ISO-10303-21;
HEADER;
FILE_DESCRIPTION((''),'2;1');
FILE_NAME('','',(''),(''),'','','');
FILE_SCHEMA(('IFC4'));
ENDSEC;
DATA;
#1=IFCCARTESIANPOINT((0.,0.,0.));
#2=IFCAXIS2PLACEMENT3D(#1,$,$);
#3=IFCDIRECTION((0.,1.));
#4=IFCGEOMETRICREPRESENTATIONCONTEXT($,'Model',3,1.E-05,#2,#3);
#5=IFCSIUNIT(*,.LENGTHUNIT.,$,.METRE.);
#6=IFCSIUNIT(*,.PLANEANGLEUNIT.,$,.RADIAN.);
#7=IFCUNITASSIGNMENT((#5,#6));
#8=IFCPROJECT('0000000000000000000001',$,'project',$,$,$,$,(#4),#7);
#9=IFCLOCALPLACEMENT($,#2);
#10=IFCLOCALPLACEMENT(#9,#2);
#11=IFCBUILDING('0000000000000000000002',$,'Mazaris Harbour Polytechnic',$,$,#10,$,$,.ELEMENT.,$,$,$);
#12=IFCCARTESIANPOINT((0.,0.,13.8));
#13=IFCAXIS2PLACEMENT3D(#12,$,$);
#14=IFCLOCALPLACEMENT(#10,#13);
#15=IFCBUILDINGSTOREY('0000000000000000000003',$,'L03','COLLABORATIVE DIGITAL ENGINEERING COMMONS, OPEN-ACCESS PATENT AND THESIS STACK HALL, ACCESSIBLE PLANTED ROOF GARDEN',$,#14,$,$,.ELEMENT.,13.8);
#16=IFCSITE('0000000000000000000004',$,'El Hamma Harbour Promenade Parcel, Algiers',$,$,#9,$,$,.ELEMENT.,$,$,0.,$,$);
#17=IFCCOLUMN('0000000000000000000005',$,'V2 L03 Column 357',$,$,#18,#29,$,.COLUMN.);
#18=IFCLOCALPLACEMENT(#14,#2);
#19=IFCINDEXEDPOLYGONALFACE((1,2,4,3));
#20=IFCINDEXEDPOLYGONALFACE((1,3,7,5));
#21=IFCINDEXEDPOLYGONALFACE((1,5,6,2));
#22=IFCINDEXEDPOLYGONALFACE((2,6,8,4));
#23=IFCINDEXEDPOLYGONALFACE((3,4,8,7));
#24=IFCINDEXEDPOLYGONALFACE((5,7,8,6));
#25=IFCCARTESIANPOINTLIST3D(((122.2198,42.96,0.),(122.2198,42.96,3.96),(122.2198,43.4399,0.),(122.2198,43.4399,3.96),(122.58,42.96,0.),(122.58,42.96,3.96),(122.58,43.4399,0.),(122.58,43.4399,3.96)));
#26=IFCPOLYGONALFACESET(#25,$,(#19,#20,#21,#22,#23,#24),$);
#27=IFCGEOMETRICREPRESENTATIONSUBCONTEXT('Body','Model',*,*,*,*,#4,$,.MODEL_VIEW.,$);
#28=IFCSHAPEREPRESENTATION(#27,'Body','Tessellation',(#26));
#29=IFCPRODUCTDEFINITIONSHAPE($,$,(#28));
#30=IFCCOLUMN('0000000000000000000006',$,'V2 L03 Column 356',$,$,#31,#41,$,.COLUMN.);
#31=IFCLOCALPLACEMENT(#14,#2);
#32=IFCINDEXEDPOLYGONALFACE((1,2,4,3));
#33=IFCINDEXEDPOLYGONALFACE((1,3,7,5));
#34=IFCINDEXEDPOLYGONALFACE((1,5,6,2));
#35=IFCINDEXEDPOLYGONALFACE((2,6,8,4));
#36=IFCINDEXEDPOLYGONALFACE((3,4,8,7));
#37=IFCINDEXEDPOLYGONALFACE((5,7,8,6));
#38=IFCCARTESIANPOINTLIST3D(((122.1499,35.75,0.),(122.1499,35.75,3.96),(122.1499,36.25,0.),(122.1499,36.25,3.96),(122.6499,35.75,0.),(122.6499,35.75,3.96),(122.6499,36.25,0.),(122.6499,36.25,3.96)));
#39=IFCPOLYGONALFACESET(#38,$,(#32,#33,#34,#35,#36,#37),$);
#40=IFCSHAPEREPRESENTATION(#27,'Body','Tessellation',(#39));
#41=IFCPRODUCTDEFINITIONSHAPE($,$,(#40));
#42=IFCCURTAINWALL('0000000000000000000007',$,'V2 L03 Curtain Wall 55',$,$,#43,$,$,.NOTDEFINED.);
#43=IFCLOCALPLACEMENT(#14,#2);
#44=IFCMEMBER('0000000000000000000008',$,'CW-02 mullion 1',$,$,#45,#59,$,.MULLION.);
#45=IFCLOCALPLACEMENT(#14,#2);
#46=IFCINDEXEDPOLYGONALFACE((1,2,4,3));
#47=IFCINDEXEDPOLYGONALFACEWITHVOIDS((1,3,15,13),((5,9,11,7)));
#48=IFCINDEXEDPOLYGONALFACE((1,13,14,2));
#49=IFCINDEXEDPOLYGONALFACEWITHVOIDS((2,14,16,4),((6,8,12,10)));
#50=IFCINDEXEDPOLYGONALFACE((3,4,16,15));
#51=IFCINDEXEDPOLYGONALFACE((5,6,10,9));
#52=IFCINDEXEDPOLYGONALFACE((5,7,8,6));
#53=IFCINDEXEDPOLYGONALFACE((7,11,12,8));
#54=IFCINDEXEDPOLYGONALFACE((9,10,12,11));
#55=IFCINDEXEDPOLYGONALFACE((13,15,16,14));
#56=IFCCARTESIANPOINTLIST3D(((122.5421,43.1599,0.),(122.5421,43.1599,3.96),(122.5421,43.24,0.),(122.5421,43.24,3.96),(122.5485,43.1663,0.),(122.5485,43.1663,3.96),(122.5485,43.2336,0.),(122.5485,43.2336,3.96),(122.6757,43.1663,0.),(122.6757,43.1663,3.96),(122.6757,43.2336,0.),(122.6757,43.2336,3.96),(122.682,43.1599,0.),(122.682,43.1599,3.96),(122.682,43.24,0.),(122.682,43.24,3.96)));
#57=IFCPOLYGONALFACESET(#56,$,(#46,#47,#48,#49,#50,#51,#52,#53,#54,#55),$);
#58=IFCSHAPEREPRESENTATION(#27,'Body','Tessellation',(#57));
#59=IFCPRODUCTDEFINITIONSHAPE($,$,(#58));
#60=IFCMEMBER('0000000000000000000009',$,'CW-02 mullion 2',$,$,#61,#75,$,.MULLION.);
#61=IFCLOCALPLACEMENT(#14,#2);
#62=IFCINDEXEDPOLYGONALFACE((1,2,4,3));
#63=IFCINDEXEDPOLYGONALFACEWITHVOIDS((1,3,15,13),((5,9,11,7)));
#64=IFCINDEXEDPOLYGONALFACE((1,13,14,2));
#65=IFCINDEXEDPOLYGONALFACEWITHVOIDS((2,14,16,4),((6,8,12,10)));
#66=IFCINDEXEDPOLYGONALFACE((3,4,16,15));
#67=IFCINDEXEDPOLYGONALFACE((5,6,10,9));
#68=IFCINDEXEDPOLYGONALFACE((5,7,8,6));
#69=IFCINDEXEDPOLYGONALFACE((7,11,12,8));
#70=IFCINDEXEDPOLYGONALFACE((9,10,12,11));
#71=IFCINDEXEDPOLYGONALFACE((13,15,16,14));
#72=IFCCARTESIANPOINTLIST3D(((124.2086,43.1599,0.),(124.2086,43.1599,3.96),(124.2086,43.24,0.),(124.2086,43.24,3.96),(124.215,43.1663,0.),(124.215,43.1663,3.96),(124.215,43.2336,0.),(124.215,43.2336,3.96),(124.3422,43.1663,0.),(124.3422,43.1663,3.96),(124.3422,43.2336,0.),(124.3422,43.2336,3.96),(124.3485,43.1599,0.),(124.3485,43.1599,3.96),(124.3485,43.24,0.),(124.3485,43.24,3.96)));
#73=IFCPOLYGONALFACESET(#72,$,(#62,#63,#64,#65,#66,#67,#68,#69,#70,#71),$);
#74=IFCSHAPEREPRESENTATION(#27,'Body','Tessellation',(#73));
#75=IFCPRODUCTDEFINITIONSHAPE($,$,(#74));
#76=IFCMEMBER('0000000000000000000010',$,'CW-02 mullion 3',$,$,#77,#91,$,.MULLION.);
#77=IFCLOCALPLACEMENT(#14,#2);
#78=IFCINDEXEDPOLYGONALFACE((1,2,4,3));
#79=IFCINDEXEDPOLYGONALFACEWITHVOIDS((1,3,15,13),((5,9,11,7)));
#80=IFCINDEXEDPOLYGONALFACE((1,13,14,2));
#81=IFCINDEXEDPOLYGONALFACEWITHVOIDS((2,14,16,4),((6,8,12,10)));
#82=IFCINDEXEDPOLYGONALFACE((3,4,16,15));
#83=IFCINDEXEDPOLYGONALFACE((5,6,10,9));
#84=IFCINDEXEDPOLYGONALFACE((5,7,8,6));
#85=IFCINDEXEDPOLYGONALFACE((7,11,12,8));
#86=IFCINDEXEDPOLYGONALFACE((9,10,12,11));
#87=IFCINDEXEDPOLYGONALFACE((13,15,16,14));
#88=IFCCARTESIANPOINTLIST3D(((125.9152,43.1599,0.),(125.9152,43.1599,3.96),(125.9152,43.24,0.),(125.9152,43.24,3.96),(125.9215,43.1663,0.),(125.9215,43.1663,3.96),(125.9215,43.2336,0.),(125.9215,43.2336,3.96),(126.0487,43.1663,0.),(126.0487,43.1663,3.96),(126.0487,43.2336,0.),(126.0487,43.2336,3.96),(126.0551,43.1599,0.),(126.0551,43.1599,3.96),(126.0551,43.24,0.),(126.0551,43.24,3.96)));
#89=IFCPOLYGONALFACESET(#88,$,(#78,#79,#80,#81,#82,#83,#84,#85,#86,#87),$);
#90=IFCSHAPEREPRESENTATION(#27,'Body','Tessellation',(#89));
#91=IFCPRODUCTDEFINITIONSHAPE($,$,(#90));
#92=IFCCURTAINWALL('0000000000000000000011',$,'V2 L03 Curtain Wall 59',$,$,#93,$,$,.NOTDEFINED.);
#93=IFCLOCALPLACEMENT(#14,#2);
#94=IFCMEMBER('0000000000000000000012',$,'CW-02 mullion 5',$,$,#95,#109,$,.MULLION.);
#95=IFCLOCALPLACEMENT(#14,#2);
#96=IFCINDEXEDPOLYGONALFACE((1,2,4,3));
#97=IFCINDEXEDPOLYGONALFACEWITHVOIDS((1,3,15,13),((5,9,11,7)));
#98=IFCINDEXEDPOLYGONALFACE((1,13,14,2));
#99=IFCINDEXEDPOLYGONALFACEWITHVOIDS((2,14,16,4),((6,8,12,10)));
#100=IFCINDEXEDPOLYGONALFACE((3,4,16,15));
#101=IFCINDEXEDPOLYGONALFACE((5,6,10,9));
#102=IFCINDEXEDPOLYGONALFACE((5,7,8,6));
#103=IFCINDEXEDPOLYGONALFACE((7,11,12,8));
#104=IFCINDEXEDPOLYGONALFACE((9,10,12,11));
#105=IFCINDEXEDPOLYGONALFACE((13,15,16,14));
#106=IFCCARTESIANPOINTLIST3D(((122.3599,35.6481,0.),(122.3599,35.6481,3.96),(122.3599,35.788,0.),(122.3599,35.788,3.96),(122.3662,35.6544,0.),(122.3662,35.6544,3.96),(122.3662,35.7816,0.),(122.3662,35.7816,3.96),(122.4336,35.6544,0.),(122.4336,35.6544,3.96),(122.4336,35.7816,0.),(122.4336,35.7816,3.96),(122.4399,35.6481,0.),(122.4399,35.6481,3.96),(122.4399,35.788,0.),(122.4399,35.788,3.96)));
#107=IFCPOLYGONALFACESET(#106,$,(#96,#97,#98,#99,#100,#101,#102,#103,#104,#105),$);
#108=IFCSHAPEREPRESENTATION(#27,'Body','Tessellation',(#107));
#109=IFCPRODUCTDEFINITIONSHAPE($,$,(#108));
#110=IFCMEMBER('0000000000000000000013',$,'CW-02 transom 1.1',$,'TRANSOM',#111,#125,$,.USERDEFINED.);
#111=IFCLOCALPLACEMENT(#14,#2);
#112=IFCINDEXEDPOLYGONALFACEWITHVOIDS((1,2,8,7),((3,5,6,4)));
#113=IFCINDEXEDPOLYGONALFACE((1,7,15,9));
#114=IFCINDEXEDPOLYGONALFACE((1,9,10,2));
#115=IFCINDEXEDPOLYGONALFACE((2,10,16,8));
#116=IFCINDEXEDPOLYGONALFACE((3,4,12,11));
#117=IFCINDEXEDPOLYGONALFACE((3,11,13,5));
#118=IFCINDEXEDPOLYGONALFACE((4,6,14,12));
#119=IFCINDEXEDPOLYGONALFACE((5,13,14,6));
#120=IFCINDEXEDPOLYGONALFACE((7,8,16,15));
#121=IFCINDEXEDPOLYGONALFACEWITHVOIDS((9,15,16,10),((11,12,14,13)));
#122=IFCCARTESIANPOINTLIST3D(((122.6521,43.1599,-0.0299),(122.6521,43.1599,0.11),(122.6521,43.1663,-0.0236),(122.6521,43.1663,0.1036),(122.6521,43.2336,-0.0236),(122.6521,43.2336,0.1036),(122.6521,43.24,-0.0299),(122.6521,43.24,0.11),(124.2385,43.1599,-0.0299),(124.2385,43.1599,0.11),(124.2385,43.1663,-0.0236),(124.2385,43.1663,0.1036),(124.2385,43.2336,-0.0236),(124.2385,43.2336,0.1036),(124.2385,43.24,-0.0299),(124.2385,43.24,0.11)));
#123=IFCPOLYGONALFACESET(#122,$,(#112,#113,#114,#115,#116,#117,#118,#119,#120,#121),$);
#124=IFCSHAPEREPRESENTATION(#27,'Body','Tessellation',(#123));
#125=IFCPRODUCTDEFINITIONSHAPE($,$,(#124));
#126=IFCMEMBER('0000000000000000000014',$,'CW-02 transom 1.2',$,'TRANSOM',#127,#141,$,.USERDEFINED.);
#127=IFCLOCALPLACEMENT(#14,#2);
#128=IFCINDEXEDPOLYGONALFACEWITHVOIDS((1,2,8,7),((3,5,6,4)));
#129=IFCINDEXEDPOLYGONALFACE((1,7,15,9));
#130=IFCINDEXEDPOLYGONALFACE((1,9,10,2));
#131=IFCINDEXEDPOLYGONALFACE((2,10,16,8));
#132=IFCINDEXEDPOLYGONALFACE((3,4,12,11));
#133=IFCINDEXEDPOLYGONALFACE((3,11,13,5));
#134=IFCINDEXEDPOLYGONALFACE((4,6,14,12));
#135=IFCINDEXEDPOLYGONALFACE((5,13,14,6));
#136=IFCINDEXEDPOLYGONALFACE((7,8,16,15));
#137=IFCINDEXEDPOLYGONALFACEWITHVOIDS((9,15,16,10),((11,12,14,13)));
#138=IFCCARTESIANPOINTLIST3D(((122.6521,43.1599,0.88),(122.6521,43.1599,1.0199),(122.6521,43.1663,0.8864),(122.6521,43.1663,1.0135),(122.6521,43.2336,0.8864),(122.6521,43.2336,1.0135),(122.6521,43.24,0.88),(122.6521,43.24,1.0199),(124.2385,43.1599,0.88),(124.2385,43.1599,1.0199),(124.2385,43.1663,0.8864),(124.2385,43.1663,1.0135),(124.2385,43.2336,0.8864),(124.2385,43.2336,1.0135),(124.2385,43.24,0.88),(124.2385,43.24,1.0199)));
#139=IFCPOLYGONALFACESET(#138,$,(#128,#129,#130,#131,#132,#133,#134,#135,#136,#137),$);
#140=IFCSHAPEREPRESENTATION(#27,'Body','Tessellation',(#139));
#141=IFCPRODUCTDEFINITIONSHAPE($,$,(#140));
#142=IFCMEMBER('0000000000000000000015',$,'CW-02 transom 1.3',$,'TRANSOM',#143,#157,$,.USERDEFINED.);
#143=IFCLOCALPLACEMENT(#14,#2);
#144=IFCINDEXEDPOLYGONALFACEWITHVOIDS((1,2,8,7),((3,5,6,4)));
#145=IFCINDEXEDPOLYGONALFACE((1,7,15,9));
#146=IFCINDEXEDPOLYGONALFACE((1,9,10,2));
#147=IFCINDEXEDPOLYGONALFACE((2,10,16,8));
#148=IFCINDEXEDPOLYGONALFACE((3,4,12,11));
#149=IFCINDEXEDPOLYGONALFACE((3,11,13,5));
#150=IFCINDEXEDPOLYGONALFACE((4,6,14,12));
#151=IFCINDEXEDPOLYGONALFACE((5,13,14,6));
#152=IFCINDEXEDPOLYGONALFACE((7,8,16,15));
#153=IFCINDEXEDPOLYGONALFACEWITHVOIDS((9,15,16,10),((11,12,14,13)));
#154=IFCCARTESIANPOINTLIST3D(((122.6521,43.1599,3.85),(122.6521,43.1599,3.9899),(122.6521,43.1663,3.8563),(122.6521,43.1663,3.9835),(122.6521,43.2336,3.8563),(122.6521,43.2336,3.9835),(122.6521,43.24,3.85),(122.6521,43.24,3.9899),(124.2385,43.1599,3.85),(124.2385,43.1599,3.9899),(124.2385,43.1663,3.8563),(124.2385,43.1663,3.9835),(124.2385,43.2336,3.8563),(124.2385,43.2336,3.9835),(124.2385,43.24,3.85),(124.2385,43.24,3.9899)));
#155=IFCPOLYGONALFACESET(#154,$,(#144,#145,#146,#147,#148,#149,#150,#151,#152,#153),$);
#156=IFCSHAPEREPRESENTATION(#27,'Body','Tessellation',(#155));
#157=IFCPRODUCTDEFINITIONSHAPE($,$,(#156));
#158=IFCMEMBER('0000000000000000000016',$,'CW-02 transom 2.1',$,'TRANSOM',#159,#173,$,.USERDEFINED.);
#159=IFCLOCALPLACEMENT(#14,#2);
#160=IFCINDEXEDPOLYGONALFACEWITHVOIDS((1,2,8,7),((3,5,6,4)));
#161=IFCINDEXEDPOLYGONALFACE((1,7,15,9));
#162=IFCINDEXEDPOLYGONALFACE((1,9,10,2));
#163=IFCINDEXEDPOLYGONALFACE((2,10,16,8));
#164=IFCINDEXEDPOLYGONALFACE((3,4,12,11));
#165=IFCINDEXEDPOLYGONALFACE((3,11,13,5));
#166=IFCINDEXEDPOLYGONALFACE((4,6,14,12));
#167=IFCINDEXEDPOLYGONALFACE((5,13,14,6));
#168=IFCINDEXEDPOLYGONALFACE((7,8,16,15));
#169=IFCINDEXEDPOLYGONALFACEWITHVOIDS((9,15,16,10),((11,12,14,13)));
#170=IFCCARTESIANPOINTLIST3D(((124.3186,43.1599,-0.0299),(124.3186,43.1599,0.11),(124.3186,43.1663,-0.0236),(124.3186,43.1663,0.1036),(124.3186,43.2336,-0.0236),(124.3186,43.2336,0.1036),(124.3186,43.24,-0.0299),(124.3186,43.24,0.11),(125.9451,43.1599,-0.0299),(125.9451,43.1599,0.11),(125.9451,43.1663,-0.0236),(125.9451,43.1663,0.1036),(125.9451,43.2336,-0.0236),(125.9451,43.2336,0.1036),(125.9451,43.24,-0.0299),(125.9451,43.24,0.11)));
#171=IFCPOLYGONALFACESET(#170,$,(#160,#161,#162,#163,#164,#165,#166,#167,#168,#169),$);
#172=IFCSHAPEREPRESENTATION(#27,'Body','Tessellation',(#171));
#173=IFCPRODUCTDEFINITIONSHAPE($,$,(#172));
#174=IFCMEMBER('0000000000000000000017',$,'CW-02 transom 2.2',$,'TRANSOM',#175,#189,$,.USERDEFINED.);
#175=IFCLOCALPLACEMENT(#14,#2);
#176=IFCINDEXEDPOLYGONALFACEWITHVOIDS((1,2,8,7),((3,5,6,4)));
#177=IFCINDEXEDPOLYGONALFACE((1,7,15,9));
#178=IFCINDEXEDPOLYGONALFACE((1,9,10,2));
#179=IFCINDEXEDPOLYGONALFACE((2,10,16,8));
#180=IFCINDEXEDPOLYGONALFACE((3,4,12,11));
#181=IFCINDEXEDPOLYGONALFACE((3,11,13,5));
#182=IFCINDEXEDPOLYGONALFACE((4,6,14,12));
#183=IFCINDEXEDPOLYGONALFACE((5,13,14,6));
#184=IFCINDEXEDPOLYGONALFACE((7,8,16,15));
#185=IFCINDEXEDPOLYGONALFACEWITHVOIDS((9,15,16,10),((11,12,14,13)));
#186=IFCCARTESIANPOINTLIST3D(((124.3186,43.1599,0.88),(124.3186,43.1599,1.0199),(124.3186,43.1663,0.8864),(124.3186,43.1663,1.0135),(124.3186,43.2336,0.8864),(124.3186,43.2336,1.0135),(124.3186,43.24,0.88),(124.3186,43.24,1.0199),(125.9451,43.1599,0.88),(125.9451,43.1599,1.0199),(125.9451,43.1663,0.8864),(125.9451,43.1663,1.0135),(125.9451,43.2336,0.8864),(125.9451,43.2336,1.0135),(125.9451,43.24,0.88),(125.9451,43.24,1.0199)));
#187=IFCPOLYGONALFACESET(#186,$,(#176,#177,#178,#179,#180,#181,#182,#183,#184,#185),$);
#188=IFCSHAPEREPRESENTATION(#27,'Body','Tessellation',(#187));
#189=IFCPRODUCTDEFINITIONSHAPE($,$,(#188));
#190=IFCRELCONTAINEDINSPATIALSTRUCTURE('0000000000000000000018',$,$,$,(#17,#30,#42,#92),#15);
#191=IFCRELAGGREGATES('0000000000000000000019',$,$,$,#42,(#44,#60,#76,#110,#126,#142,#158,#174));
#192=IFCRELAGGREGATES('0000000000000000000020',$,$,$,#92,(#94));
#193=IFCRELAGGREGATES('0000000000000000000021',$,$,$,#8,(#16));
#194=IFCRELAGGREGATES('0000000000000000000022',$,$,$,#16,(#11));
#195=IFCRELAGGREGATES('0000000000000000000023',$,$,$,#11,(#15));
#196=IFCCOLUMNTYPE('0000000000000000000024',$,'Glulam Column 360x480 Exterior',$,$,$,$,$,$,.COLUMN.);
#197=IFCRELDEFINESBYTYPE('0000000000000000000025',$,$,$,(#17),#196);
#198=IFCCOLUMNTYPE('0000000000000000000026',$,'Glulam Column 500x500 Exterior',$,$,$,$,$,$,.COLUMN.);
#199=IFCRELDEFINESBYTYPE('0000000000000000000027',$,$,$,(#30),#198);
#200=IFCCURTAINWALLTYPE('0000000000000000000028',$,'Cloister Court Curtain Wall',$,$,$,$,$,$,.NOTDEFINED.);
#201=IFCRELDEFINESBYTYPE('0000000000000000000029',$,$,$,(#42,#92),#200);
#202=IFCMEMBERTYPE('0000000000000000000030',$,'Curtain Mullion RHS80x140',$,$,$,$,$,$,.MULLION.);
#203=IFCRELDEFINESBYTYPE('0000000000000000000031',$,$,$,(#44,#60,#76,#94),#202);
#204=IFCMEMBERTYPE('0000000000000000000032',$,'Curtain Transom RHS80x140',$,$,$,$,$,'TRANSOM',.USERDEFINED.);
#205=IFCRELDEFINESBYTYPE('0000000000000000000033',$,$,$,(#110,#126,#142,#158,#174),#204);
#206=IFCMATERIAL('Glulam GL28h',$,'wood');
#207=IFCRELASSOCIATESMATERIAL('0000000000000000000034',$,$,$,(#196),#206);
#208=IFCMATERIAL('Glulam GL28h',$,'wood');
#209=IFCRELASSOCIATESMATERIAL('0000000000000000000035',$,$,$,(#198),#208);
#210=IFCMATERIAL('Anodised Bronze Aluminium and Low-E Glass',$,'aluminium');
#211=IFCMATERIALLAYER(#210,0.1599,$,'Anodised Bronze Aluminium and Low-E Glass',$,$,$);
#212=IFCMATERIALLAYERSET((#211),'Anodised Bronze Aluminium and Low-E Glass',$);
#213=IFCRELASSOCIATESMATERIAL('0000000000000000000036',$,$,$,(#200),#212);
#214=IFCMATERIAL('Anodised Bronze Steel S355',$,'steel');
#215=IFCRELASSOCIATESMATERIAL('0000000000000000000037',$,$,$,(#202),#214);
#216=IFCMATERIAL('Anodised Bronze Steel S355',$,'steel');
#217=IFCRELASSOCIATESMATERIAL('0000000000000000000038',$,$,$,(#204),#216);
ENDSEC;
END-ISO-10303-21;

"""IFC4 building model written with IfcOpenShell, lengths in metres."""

from ifc_helpers import new_model, si_unit, direction, frame, origin, origin_2d, place, context, subcontext, project, spatial, rectangle, hollow_rectangle, extrude, material, layer, layer_set, material_profile, profile_set, type_object, element, aggregate, save


model = new_model("IFC4")

# Units and contexts
model_context = context("Model", 3, precision=1e-05, world=origin(), true_north=direction((0.0, 1.0)))
body_context = subcontext(model_context, "Body", "Model", "MODEL_VIEW")
ifc_project = project(units=[si_unit("LENGTHUNIT", "METRE"), si_unit("PLANEANGLEUNIT", "RADIAN")], contexts=[model_context])

# Site, building, storey
site_placement = place(None, origin())
site = spatial("IfcSite", under=ifc_project, at=site_placement, Name="El Hamma Harbour Promenade Parcel, Algiers", CompositionType="ELEMENT", RefElevation=0.0)
building_placement = place(site_placement, origin())
building = spatial("IfcBuilding", under=site, at=building_placement, Name="Mazaris Harbour Polytechnic", CompositionType="ELEMENT")
storey_placement = place(building_placement, frame((0.0, 0.0, 13.8)))
storey = spatial("IfcBuildingStorey", under=building, at=storey_placement, Name="L03", Description="COLLABORATIVE DIGITAL ENGINEERING COMMONS, OPEN-ACCESS PATENT AND THESIS STACK HALL, ACCESSIBLE PLANTED ROOF GARDEN", CompositionType="ELEMENT", Elevation=13.8)

# Columns
ifc_material_1 = material(Name="Glulam GL28h", Category="wood")
ifc_material_profile_1 = material_profile(ifc_material_1, rectangle(XDim=0.3601, YDim=0.48, at=origin_2d()), Name="RECT360x480")
ifc_profile_set_1 = profile_set([ifc_material_profile_1], Name="Glulam GL28h")
column_type_1 = type_object("IfcColumnType", Name="Glulam Column 360x480 Exterior", PredefinedType="COLUMN", material=ifc_profile_set_1)
column_1_placement = place(storey_placement, frame((122.3999, 43.2, 0.0), z_axis=(0.0, 0.0, 1.0), x_axis=(1.0, 0.0, 0.0)))
element("IfcColumn", 1, at=column_1_placement, inside=storey, type_object=column_type_1, Name="V2 L03 Column 357", PredefinedType="COLUMN", context=body_context, shape_type="SweptSolid", body=[
    extrude(rectangle(XDim=0.3601, YDim=0.48, at=origin_2d()), origin(), (0.0, 0.0, 1.0), 3.96),
])
ifc_material_2 = material(Name="Glulam GL28h", Category="wood")
ifc_material_profile_2 = material_profile(ifc_material_2, rectangle(XDim=0.5, YDim=0.5, at=origin_2d()), Name="RECT500x500")
ifc_profile_set_2 = profile_set([ifc_material_profile_2], Name="Glulam GL28h")
column_type_2 = type_object("IfcColumnType", Name="Glulam Column 500x500 Exterior", PredefinedType="COLUMN", material=ifc_profile_set_2)
column_2_placement = place(storey_placement, frame((122.3999, 36.0, 0.0), z_axis=(0.0, 0.0, 1.0), x_axis=(1.0, 0.0, 0.0)))
element("IfcColumn", 2, at=column_2_placement, inside=storey, type_object=column_type_2, Name="V2 L03 Column 356", PredefinedType="COLUMN", context=body_context, shape_type="SweptSolid", body=[
    extrude(rectangle(XDim=0.5, YDim=0.5, at=origin_2d()), origin(), (0.0, 0.0, 1.0), 3.96),
])

# Curtain wall, members
ifc_material_3 = material(Name="Anodised Bronze Aluminium and Low-E Glass", Category="aluminium")
ifc_layer_1 = layer(ifc_material_3, 0.1599, Name="Anodised Bronze Aluminium and Low-E Glass")
ifc_layer_set_1 = layer_set([ifc_layer_1], Name="Anodised Bronze Aluminium and Low-E Glass")
curtain_wall_type = type_object("IfcCurtainWallType", Name="Cloister Court Curtain Wall", PredefinedType="NOTDEFINED", material=ifc_layer_set_1)
curtain_wall_1_placement = place(storey_placement, origin())
curtain_wall_1 = element("IfcCurtainWall", 3, at=curtain_wall_1_placement, inside=storey, type_object=curtain_wall_type, Name="V2 L03 Curtain Wall 55", PredefinedType="NOTDEFINED")
ifc_material_4 = material(Name="Anodised Bronze Steel S355", Category="steel")
ifc_material_profile_3 = material_profile(ifc_material_4, hollow_rectangle(XDim=0.0801, YDim=0.1399, WallThickness=0.0063, at=origin_2d()), Name="RHS 80x140x6.3")
ifc_profile_set_3 = profile_set([ifc_material_profile_3], Name="Anodised Bronze Steel S355")
member_type_1 = type_object("IfcMemberType", Name="Curtain Mullion RHS80x140", PredefinedType="MULLION", material=ifc_profile_set_3)
member_1_placement = place(storey_placement, frame((122.6121, 43.2, 0.0), z_axis=(0.0, 0.0, 1.0), x_axis=(0.0, 1.0, 0.0)))
member_1 = element("IfcMember", 4, at=member_1_placement, type_object=member_type_1, Name="CW-02 mullion 1", PredefinedType="MULLION", context=body_context, shape_type="SweptSolid", body=[
    extrude(hollow_rectangle(XDim=0.0801, YDim=0.1399, WallThickness=0.0063, at=origin_2d()), origin(), (0.0, 0.0, 1.0), 3.96),
])
member_2_placement = place(storey_placement, frame((124.2786, 43.2, 0.0), z_axis=(0.0, 0.0, 1.0), x_axis=(0.0, 1.0, 0.0)))
member_2 = element("IfcMember", 5, at=member_2_placement, type_object=member_type_1, Name="CW-02 mullion 2", PredefinedType="MULLION", context=body_context, shape_type="SweptSolid", body=[
    extrude(hollow_rectangle(XDim=0.0801, YDim=0.1399, WallThickness=0.0063, at=origin_2d()), origin(), (0.0, 0.0, 1.0), 3.96),
])
member_3_placement = place(storey_placement, frame((125.9851, 43.2, 0.0), z_axis=(0.0, 0.0, 1.0), x_axis=(0.0, 1.0, 0.0)))
member_3 = element("IfcMember", 6, at=member_3_placement, type_object=member_type_1, Name="CW-02 mullion 3", PredefinedType="MULLION", context=body_context, shape_type="SweptSolid", body=[
    extrude(hollow_rectangle(XDim=0.0801, YDim=0.1399, WallThickness=0.0063, at=origin_2d()), origin(), (0.0, 0.0, 1.0), 3.96),
])

# Curtain wall, member
curtain_wall_2_placement = place(storey_placement, origin())
curtain_wall_2 = element("IfcCurtainWall", 7, at=curtain_wall_2_placement, inside=storey, type_object=curtain_wall_type, Name="V2 L03 Curtain Wall 59", PredefinedType="NOTDEFINED")
member_4_placement = place(storey_placement, frame((122.3999, 35.718, 0.0), z_axis=(0.0, 0.0, 1.0), x_axis=(-1.0, 0.0, 0.0)))
member_4 = element("IfcMember", 8, at=member_4_placement, type_object=member_type_1, Name="CW-02 mullion 5", PredefinedType="MULLION", context=body_context, shape_type="SweptSolid", body=[
    extrude(hollow_rectangle(XDim=0.0801, YDim=0.1399, WallThickness=0.0063, at=origin_2d()), origin(), (0.0, 0.0, 1.0), 3.96),
])

# Members
ifc_material_5 = material(Name="Anodised Bronze Steel S355", Category="steel")
ifc_material_profile_4 = material_profile(ifc_material_5, hollow_rectangle(XDim=0.0801, YDim=0.1399, WallThickness=0.0063, at=origin_2d()), Name="RHS 80x140x6.3")
ifc_profile_set_4 = profile_set([ifc_material_profile_4], Name="Anodised Bronze Steel S355")
member_type_2 = type_object("IfcMemberType", Name="Curtain Transom RHS80x140", ElementType="TRANSOM", PredefinedType="USERDEFINED", material=ifc_profile_set_4)
member_5_placement = place(storey_placement, frame((122.6521, 43.2, 0.04), z_axis=(1.0, 0.0, 0.0), x_axis=(0.0, 1.0, 0.0)))
member_5 = element("IfcMember", 9, at=member_5_placement, type_object=member_type_2, Name="CW-02 transom 1.1", ObjectType="TRANSOM", PredefinedType="USERDEFINED", context=body_context, shape_type="SweptSolid", body=[
    extrude(hollow_rectangle(XDim=0.0801, YDim=0.1399, WallThickness=0.0063, at=origin_2d()), origin(), (0.0, 0.0, 1.0), 1.5864),
])
member_6_placement = place(storey_placement, frame((122.6521, 43.2, 0.95), z_axis=(1.0, 0.0, 0.0), x_axis=(0.0, 1.0, 0.0)))
member_6 = element("IfcMember", 10, at=member_6_placement, type_object=member_type_2, Name="CW-02 transom 1.2", ObjectType="TRANSOM", PredefinedType="USERDEFINED", context=body_context, shape_type="SweptSolid", body=[
    extrude(hollow_rectangle(XDim=0.0801, YDim=0.1399, WallThickness=0.0063, at=origin_2d()), origin(), (0.0, 0.0, 1.0), 1.5864),
])
member_7_placement = place(storey_placement, frame((122.6521, 43.2, 3.9199), z_axis=(1.0, 0.0, 0.0), x_axis=(0.0, 1.0, 0.0)))
member_7 = element("IfcMember", 11, at=member_7_placement, type_object=member_type_2, Name="CW-02 transom 1.3", ObjectType="TRANSOM", PredefinedType="USERDEFINED", context=body_context, shape_type="SweptSolid", body=[
    extrude(hollow_rectangle(XDim=0.0801, YDim=0.1399, WallThickness=0.0063, at=origin_2d()), origin(), (0.0, 0.0, 1.0), 1.5864),
])
member_8_placement = place(storey_placement, frame((124.3186, 43.2, 0.04), z_axis=(1.0, 0.0, 0.0), x_axis=(0.0, 1.0, 0.0)))
member_8 = element("IfcMember", 12, at=member_8_placement, type_object=member_type_2, Name="CW-02 transom 2.1", ObjectType="TRANSOM", PredefinedType="USERDEFINED", context=body_context, shape_type="SweptSolid", body=[
    extrude(hollow_rectangle(XDim=0.0801, YDim=0.1399, WallThickness=0.0063, at=origin_2d()), origin(), (0.0, 0.0, 1.0), 1.6265),
])
member_9_placement = place(storey_placement, frame((124.3186, 43.2, 0.95), z_axis=(1.0, 0.0, 0.0), x_axis=(0.0, 1.0, 0.0)))
member_9 = element("IfcMember", 13, at=member_9_placement, type_object=member_type_2, Name="CW-02 transom 2.2", ObjectType="TRANSOM", PredefinedType="USERDEFINED", context=body_context, shape_type="SweptSolid", body=[
    extrude(hollow_rectangle(XDim=0.0801, YDim=0.1399, WallThickness=0.0063, at=origin_2d()), origin(), (0.0, 0.0, 1.0), 1.6265),
])

aggregate(curtain_wall_1, [member_1, member_2, member_3, member_5, member_6, member_7, member_8, member_9])
aggregate(curtain_wall_2, [member_4])

save(model, "model.ifc")
